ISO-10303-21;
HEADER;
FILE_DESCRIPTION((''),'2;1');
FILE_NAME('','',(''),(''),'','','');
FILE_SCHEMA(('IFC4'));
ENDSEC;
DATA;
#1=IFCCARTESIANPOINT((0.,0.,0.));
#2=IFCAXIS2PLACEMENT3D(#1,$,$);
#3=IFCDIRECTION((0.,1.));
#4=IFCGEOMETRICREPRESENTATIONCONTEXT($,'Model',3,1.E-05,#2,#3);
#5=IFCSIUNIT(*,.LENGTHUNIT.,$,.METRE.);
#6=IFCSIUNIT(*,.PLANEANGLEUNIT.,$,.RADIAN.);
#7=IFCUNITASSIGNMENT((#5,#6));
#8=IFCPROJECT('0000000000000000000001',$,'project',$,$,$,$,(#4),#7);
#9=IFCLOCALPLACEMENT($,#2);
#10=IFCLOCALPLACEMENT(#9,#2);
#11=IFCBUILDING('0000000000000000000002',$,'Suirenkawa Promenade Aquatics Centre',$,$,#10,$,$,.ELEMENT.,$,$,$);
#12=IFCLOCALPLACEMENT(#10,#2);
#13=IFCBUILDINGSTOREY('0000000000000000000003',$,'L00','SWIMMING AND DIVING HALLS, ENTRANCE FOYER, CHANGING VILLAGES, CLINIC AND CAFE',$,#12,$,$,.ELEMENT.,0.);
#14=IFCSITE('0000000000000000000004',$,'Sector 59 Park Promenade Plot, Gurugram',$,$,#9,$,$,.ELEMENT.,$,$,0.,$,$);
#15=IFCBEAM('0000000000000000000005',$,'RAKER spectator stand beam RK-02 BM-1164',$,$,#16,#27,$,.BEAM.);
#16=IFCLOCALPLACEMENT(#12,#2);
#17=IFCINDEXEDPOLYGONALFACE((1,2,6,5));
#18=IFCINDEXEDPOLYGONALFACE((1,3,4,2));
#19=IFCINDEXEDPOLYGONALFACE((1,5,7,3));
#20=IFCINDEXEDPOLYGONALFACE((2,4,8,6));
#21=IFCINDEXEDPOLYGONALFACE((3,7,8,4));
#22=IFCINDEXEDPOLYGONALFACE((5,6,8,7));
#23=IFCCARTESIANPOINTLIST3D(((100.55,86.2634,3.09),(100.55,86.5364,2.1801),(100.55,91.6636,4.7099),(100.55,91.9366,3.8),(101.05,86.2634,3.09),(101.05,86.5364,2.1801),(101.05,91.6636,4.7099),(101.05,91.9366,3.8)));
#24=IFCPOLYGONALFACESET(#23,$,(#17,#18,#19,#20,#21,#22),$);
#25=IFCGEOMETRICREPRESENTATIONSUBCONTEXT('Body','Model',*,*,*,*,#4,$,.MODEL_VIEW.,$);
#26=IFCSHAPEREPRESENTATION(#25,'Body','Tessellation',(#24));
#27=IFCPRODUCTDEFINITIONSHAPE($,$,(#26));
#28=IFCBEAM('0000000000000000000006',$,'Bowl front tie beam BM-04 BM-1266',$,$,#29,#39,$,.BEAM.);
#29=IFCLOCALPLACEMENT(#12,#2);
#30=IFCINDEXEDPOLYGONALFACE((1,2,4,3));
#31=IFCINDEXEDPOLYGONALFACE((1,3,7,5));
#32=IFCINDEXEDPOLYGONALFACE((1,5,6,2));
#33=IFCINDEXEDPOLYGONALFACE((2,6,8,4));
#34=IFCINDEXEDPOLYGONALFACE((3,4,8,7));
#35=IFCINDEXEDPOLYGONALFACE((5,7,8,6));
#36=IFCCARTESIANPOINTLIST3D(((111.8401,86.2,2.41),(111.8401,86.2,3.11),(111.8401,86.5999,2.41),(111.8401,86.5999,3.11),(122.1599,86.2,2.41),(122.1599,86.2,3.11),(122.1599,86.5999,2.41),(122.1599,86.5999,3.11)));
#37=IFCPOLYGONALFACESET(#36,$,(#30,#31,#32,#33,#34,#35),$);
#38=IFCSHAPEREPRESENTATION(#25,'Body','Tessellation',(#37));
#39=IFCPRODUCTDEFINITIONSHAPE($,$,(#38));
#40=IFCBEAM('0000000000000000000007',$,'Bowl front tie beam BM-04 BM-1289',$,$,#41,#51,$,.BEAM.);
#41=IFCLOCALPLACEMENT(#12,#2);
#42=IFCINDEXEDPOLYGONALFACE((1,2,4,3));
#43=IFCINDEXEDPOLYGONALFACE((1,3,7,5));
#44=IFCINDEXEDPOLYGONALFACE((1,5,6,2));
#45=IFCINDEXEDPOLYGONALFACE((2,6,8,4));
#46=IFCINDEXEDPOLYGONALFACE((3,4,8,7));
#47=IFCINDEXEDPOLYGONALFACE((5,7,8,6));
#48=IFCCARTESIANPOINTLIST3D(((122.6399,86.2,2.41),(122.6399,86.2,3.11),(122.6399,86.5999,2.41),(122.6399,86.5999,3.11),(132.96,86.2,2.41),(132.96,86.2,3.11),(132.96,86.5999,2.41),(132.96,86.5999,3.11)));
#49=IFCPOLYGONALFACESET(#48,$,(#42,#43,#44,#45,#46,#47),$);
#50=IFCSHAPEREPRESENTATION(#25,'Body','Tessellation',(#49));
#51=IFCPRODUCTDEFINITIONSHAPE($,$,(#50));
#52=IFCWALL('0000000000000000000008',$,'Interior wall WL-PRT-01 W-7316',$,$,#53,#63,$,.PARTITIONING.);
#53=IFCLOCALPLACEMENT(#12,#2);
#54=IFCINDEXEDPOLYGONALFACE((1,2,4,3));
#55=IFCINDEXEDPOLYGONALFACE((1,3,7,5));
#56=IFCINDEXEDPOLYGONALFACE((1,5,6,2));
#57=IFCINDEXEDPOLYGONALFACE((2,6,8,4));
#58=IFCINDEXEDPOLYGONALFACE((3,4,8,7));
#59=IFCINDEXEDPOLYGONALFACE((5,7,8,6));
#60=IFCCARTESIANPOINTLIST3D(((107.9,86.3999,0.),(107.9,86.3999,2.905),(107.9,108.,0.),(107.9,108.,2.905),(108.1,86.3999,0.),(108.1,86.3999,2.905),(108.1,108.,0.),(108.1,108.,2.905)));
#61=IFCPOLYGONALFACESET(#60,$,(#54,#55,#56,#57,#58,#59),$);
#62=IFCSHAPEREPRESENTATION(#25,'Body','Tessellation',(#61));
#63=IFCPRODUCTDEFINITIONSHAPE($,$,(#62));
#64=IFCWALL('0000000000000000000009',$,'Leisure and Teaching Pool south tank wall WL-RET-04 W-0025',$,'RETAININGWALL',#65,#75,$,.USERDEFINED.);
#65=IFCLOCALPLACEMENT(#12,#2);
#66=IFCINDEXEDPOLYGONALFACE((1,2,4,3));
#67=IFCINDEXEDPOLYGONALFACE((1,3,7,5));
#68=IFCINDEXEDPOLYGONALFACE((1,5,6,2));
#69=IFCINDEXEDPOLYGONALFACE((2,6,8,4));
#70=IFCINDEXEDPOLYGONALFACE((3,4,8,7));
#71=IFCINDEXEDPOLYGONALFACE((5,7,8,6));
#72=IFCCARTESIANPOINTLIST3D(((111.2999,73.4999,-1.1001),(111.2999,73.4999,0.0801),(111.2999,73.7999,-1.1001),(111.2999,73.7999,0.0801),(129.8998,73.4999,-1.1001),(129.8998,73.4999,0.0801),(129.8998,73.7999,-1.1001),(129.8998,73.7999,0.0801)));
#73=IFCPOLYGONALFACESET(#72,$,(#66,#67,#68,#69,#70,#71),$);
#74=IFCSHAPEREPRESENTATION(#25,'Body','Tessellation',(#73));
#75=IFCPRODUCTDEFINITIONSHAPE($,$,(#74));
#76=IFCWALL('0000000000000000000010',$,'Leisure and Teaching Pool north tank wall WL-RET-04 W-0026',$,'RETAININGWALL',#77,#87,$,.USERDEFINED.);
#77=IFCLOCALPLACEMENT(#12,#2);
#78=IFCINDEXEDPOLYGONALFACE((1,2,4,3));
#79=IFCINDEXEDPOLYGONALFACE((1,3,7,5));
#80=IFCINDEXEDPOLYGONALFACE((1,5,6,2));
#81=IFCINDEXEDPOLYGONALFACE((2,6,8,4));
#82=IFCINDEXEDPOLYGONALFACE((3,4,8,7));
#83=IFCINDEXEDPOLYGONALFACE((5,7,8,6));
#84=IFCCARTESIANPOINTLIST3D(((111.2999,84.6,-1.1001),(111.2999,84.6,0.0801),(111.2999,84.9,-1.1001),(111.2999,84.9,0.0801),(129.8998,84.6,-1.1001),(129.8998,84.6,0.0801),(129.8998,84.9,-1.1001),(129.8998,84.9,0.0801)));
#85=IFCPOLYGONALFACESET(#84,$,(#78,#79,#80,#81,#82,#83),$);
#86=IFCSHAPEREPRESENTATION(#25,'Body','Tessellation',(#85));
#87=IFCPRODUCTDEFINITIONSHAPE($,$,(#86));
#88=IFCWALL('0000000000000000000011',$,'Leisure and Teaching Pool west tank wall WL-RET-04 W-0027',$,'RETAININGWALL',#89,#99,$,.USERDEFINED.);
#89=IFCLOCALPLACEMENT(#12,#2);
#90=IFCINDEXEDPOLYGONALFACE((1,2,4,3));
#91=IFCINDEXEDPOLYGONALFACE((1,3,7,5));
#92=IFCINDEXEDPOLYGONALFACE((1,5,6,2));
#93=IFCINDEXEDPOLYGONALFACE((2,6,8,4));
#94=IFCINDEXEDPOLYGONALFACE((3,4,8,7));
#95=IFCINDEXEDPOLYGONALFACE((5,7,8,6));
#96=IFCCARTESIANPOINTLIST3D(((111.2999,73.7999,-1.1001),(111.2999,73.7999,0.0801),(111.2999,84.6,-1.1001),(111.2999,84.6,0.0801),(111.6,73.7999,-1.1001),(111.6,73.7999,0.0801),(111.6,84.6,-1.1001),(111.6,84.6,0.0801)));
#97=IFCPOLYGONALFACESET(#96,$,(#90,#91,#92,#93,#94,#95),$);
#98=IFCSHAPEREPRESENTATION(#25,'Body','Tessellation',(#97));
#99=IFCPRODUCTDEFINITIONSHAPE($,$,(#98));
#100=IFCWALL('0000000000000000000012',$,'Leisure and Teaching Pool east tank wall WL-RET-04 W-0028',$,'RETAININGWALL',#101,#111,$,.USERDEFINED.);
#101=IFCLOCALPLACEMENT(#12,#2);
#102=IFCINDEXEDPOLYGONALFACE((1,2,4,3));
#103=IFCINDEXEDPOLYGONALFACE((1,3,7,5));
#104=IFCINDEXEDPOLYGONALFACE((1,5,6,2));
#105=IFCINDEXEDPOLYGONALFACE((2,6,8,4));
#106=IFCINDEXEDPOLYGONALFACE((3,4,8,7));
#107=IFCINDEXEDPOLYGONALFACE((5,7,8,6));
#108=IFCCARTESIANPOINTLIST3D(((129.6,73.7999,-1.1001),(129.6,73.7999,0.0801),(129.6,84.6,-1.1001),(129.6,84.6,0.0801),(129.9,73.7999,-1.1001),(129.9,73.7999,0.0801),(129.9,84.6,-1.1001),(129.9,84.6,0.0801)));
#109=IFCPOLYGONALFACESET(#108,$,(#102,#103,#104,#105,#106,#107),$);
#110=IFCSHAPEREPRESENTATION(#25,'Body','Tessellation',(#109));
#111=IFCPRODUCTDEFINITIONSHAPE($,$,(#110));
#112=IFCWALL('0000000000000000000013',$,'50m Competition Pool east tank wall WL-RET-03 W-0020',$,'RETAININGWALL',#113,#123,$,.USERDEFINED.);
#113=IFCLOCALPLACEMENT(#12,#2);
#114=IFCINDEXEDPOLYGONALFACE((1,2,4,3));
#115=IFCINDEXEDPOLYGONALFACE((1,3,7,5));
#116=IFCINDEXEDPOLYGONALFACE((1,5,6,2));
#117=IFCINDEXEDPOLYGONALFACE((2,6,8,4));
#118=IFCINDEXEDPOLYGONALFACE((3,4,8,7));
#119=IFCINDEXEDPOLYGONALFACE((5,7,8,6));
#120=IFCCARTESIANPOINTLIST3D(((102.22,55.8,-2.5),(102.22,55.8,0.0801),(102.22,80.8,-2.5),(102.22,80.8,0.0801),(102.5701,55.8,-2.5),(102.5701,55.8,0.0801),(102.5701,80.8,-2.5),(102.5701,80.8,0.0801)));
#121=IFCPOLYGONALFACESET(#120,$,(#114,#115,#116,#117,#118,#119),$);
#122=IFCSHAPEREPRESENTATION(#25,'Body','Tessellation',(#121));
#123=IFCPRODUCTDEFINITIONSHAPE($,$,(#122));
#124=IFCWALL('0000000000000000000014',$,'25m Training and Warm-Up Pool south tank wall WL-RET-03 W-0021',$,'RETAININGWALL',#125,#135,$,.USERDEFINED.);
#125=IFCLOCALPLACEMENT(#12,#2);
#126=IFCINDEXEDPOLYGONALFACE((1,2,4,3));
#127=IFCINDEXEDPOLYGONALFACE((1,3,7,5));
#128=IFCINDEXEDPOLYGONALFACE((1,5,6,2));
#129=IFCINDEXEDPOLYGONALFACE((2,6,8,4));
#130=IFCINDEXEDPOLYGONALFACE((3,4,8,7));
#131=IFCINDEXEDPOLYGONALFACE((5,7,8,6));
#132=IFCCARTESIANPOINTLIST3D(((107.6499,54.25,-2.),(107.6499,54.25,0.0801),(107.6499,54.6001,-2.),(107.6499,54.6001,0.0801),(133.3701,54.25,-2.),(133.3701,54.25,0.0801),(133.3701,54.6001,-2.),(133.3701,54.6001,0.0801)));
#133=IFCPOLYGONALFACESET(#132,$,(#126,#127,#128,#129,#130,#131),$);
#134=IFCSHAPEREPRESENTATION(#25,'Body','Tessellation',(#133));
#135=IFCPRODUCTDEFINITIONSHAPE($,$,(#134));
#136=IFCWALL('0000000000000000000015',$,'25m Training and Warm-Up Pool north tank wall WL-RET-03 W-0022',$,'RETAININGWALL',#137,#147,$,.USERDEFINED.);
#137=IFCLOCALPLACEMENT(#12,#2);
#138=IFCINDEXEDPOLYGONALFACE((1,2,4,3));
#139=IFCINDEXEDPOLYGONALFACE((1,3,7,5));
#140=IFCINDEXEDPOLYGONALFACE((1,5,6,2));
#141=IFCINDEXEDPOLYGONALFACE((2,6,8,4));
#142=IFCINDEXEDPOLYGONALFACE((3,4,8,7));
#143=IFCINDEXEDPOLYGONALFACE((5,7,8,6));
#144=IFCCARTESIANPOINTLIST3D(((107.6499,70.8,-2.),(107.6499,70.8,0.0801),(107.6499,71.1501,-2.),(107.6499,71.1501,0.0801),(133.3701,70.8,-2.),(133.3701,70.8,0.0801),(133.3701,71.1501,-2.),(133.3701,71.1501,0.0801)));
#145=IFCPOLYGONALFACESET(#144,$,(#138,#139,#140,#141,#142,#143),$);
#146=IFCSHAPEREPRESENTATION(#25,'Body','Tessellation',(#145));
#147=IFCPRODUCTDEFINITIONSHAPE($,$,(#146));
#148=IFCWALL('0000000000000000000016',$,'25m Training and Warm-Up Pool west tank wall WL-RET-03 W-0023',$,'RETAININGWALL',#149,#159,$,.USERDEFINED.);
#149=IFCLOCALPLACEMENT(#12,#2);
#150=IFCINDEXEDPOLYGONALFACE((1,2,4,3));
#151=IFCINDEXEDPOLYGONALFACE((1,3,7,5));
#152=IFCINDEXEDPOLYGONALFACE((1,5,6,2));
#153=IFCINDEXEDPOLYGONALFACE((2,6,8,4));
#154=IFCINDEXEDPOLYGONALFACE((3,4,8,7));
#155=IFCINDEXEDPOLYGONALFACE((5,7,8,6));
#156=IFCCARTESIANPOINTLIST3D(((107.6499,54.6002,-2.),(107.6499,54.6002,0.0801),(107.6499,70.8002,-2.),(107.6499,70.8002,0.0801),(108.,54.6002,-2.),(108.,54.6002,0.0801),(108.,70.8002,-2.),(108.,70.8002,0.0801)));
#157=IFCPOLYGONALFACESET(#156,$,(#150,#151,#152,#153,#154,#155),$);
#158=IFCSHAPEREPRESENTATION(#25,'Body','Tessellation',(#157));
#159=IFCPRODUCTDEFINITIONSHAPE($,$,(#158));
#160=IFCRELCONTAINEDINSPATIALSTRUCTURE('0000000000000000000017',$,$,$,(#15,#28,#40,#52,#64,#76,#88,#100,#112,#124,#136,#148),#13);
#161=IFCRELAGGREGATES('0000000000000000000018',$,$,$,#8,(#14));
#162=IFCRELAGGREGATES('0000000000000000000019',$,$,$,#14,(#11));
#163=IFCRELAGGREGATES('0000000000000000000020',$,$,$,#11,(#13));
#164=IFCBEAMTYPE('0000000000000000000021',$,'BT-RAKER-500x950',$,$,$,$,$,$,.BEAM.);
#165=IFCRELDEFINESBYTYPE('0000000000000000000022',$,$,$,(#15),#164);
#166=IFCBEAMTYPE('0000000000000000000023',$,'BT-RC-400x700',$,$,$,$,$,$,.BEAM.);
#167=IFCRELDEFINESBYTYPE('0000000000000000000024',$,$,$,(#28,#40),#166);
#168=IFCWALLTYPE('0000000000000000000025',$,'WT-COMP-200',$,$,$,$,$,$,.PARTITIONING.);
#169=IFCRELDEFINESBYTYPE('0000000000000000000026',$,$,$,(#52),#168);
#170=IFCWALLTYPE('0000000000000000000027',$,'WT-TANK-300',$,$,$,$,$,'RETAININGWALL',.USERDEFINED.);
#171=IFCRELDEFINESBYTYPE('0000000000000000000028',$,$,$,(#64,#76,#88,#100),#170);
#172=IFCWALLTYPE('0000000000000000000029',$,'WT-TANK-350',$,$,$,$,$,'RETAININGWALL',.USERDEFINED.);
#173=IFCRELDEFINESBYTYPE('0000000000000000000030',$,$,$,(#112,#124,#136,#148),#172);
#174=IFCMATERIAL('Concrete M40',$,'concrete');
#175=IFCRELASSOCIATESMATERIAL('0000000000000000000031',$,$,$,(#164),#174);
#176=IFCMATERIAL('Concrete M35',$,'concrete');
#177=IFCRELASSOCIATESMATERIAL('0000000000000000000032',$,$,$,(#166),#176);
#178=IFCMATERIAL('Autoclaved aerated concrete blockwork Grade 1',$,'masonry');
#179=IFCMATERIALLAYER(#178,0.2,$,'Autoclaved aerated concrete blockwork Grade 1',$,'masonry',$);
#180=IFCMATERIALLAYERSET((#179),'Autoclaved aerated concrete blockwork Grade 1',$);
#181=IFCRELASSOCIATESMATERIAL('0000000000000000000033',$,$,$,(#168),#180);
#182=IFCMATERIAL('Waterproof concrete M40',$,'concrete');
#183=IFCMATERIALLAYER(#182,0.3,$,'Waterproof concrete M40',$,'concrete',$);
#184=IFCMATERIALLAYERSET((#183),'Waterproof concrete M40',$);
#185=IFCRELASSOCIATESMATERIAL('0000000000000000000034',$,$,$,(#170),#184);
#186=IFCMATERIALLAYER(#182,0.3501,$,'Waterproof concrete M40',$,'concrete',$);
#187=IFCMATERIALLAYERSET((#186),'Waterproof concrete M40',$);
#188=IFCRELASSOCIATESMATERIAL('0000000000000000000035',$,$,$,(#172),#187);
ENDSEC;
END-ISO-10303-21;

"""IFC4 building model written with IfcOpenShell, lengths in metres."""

from ifc_helpers import new_model, si_unit, direction, frame, frame_2d, origin, origin_2d, place, context, subcontext, project, spatial, rectangle, extrude, material, layer, layer_set, material_profile, profile_set, type_object, element, save


model = new_model("IFC4")

# Units and contexts
model_context = context("Model", 3, precision=1e-05, world=origin(), true_north=direction((0.0, 1.0)))
body_context = subcontext(model_context, "Body", "Model", "MODEL_VIEW")
ifc_project = project(units=[si_unit("LENGTHUNIT", "METRE"), si_unit("PLANEANGLEUNIT", "RADIAN")], contexts=[model_context])

# Site, building, storey
site_placement = place(None, origin())
site = spatial("IfcSite", under=ifc_project, at=site_placement, Name="Sector 59 Park Promenade Plot, Gurugram", CompositionType="ELEMENT", RefElevation=0.0)
building_placement = place(site_placement, origin())
building = spatial("IfcBuilding", under=site, at=building_placement, Name="Suirenkawa Promenade Aquatics Centre", CompositionType="ELEMENT")
storey_placement = place(building_placement, origin())
storey = spatial("IfcBuildingStorey", under=building, at=storey_placement, Name="L00", Description="SWIMMING AND DIVING HALLS, ENTRANCE FOYER, CHANGING VILLAGES, CLINIC AND CAFE", CompositionType="ELEMENT", Elevation=0.0)

# Shared definitions
ifc_material_1 = material(Name="Concrete M40", Category="concrete")

# Beams
ifc_material_profile_1 = material_profile(ifc_material_1, rectangle(XDim=0.5, YDim=0.95, at=origin_2d()), Name="RC RAKER 500x950", Category="concrete")
ifc_profile_set_1 = profile_set([ifc_material_profile_1], Name="Concrete M40")
beam_type_1 = type_object("IfcBeamType", Name="BT-RAKER-500x950", PredefinedType="BEAM", material=ifc_profile_set_1)
beam_1_placement = place(storey_placement, frame((100.8, 86.3999, 2.635), z_axis=(0.0, 0.957835, 0.28732), x_axis=(-1.0, 0.0, 0.0)))
element("IfcBeam", 1, at=beam_1_placement, inside=storey, type_object=beam_type_1, Name="RAKER spectator stand beam RK-02 BM-1164", PredefinedType="BEAM", context=body_context, shape_type="SweptSolid", body=[
    extrude(rectangle(XDim=0.5, YDim=0.95, at=origin_2d()), origin(), (0.0, 0.0, 1.0), 5.6379),
])
ifc_material_2 = material(Name="Concrete M35", Category="concrete")
ifc_material_profile_2 = material_profile(ifc_material_2, rectangle(XDim=0.3999, YDim=0.7, at=origin_2d()), Name="RC BM 400x700", Category="concrete")
ifc_profile_set_2 = profile_set([ifc_material_profile_2], Name="Concrete M35")
beam_type_2 = type_object("IfcBeamType", Name="BT-RC-400x700", PredefinedType="BEAM", material=ifc_profile_set_2)
beam_2_placement = place(storey_placement, frame((111.8401, 86.3999, 2.76), z_axis=(1.0, 0.0, 0.0), x_axis=(0.0, 1.0, 0.0)))
element("IfcBeam", 2, at=beam_2_placement, inside=storey, type_object=beam_type_2, Name="Bowl front tie beam BM-04 BM-1266", PredefinedType="BEAM", context=body_context, shape_type="SweptSolid", body=[
    extrude(rectangle(XDim=0.3999, YDim=0.7, at=origin_2d()), origin(), (0.0, 0.0, 1.0), 10.3198),
])
beam_3_placement = place(storey_placement, frame((122.6399, 86.3999, 2.76), z_axis=(1.0, 0.0, 0.0), x_axis=(0.0, 1.0, 0.0)))
element("IfcBeam", 3, at=beam_3_placement, inside=storey, type_object=beam_type_2, Name="Bowl front tie beam BM-04 BM-1289", PredefinedType="BEAM", context=body_context, shape_type="SweptSolid", body=[
    extrude(rectangle(XDim=0.3999, YDim=0.7, at=origin_2d()), origin(), (0.0, 0.0, 1.0), 10.3201),
])

# Walls
ifc_material_3 = material(Name="Autoclaved aerated concrete blockwork Grade 1", Category="masonry")
ifc_layer_1 = layer(ifc_material_3, 0.2, Name="Autoclaved aerated concrete blockwork Grade 1", Category="masonry")
ifc_layer_set_1 = layer_set([ifc_layer_1], Name="Autoclaved aerated concrete blockwork Grade 1")
wall_type_1 = type_object("IfcWallType", Name="WT-COMP-200", PredefinedType="PARTITIONING", material=ifc_layer_set_1)
wall_1_placement = place(storey_placement, frame((108.0, 86.3999, 0.0), z_axis=(0.0, 0.0, 1.0), x_axis=(0.0, 1.0, 0.0)))
element("IfcWall", 4, at=wall_1_placement, inside=storey, type_object=wall_type_1, Name="Interior wall WL-PRT-01 W-7316", PredefinedType="PARTITIONING", context=body_context, shape_type="SweptSolid", body=[
    extrude(rectangle(XDim=21.6001, YDim=0.2, at=frame_2d((10.8, 0.0))), origin(), (0.0, 0.0, 1.0), 2.905),
])
ifc_material_4 = material(Name="Waterproof concrete M40", Category="concrete")
ifc_layer_2 = layer(ifc_material_4, 0.3, Name="Waterproof concrete M40", Category="concrete")
ifc_layer_set_2 = layer_set([ifc_layer_2], Name="Waterproof concrete M40")
wall_type_2 = type_object("IfcWallType", Name="WT-TANK-300", ElementType="RETAININGWALL", PredefinedType="USERDEFINED", material=ifc_layer_set_2)
for number, where, z_axis, x_axis, name in (
    (5, (111.3, 73.6499, -1.1001), (0.0, 0.0, 1.0), (1.0, 0.0, 0.0), "Leisure and Teaching Pool south tank wall WL-RET-04 W-0025"),
    (6, (111.3, 84.75, -1.1001), (0.0, 0.0, 1.0), (1.0, 0.0, 0.0), "Leisure and Teaching Pool north tank wall WL-RET-04 W-0026"),
):
    element("IfcWall", number, at=place(storey_placement, frame(where, z_axis=z_axis, x_axis=x_axis)), inside=storey, type_object=wall_type_2, Name=name, ObjectType="RETAININGWALL", PredefinedType="USERDEFINED", context=body_context, shape_type="SweptSolid", body=[
        extrude(rectangle(XDim=18.5999, YDim=0.3, at=frame_2d((9.2998, 0.0))), origin(), (0.0, 0.0, 1.0), 1.1802),
    ])
for number, where, z_axis, x_axis, name in (
    (7, (111.45, 73.8, -1.1001), (0.0, 0.0, 1.0), (0.0, 1.0, 0.0), "Leisure and Teaching Pool west tank wall WL-RET-04 W-0027"),
    (8, (129.75, 73.8, -1.1001), (0.0, 0.0, 1.0), (0.0, 1.0, 0.0), "Leisure and Teaching Pool east tank wall WL-RET-04 W-0028"),
):
    element("IfcWall", number, at=place(storey_placement, frame(where, z_axis=z_axis, x_axis=x_axis)), inside=storey, type_object=wall_type_2, Name=name, ObjectType="RETAININGWALL", PredefinedType="USERDEFINED", context=body_context, shape_type="SweptSolid", body=[
        extrude(rectangle(XDim=10.8, YDim=0.3, at=frame_2d((5.3999, 0.0))), origin(), (0.0, 0.0, 1.0), 1.1802),
    ])
ifc_layer_3 = layer(ifc_material_4, 0.3501, Name="Waterproof concrete M40", Category="concrete")
ifc_layer_set_3 = layer_set([ifc_layer_3], Name="Waterproof concrete M40")
wall_type_3 = type_object("IfcWallType", Name="WT-TANK-350", ElementType="RETAININGWALL", PredefinedType="USERDEFINED", material=ifc_layer_set_3)
wall_2_placement = place(storey_placement, frame((102.395, 55.8, -2.5), z_axis=(0.0, 0.0, 1.0), x_axis=(0.0, 1.0, 0.0)))
element("IfcWall", 9, at=wall_2_placement, inside=storey, type_object=wall_type_3, Name="50m Competition Pool east tank wall WL-RET-03 W-0020", ObjectType="RETAININGWALL", PredefinedType="USERDEFINED", context=body_context, shape_type="SweptSolid", body=[
    extrude(rectangle(XDim=25.0, YDim=0.3501, at=frame_2d((12.5, 0.0))), origin(), (0.0, 0.0, 1.0), 2.5801),
])
for number, where, z_axis, x_axis, name in (
    (10, (107.6499, 54.425, -2.0), (0.0, 0.0, 1.0), (1.0, 0.0, 0.0), "25m Training and Warm-Up Pool south tank wall WL-RET-03 W-0021"),
    (11, (107.6499, 70.9751, -2.0), (0.0, 0.0, 1.0), (1.0, 0.0, 0.0), "25m Training and Warm-Up Pool north tank wall WL-RET-03 W-0022"),
):
    element("IfcWall", number, at=place(storey_placement, frame(where, z_axis=z_axis, x_axis=x_axis)), inside=storey, type_object=wall_type_3, Name=name, ObjectType="RETAININGWALL", PredefinedType="USERDEFINED", context=body_context, shape_type="SweptSolid", body=[
        extrude(rectangle(XDim=25.7202, YDim=0.3501, at=frame_2d((12.8601, 0.0))), origin(), (0.0, 0.0, 1.0), 2.0801),
    ])
wall_3_placement = place(storey_placement, frame((107.825, 54.6001, -2.0), z_axis=(0.0, 0.0, 1.0), x_axis=(0.0, 1.0, 0.0)))
element("IfcWall", 12, at=wall_3_placement, inside=storey, type_object=wall_type_3, Name="25m Training and Warm-Up Pool west tank wall WL-RET-03 W-0023", ObjectType="RETAININGWALL", PredefinedType="USERDEFINED", context=body_context, shape_type="SweptSolid", body=[
    extrude(rectangle(XDim=16.2, YDim=0.3501, at=frame_2d((8.1001, 0.0))), origin(), (0.0, 0.0, 1.0), 2.0801),
])

save(model, "model.ifc")
